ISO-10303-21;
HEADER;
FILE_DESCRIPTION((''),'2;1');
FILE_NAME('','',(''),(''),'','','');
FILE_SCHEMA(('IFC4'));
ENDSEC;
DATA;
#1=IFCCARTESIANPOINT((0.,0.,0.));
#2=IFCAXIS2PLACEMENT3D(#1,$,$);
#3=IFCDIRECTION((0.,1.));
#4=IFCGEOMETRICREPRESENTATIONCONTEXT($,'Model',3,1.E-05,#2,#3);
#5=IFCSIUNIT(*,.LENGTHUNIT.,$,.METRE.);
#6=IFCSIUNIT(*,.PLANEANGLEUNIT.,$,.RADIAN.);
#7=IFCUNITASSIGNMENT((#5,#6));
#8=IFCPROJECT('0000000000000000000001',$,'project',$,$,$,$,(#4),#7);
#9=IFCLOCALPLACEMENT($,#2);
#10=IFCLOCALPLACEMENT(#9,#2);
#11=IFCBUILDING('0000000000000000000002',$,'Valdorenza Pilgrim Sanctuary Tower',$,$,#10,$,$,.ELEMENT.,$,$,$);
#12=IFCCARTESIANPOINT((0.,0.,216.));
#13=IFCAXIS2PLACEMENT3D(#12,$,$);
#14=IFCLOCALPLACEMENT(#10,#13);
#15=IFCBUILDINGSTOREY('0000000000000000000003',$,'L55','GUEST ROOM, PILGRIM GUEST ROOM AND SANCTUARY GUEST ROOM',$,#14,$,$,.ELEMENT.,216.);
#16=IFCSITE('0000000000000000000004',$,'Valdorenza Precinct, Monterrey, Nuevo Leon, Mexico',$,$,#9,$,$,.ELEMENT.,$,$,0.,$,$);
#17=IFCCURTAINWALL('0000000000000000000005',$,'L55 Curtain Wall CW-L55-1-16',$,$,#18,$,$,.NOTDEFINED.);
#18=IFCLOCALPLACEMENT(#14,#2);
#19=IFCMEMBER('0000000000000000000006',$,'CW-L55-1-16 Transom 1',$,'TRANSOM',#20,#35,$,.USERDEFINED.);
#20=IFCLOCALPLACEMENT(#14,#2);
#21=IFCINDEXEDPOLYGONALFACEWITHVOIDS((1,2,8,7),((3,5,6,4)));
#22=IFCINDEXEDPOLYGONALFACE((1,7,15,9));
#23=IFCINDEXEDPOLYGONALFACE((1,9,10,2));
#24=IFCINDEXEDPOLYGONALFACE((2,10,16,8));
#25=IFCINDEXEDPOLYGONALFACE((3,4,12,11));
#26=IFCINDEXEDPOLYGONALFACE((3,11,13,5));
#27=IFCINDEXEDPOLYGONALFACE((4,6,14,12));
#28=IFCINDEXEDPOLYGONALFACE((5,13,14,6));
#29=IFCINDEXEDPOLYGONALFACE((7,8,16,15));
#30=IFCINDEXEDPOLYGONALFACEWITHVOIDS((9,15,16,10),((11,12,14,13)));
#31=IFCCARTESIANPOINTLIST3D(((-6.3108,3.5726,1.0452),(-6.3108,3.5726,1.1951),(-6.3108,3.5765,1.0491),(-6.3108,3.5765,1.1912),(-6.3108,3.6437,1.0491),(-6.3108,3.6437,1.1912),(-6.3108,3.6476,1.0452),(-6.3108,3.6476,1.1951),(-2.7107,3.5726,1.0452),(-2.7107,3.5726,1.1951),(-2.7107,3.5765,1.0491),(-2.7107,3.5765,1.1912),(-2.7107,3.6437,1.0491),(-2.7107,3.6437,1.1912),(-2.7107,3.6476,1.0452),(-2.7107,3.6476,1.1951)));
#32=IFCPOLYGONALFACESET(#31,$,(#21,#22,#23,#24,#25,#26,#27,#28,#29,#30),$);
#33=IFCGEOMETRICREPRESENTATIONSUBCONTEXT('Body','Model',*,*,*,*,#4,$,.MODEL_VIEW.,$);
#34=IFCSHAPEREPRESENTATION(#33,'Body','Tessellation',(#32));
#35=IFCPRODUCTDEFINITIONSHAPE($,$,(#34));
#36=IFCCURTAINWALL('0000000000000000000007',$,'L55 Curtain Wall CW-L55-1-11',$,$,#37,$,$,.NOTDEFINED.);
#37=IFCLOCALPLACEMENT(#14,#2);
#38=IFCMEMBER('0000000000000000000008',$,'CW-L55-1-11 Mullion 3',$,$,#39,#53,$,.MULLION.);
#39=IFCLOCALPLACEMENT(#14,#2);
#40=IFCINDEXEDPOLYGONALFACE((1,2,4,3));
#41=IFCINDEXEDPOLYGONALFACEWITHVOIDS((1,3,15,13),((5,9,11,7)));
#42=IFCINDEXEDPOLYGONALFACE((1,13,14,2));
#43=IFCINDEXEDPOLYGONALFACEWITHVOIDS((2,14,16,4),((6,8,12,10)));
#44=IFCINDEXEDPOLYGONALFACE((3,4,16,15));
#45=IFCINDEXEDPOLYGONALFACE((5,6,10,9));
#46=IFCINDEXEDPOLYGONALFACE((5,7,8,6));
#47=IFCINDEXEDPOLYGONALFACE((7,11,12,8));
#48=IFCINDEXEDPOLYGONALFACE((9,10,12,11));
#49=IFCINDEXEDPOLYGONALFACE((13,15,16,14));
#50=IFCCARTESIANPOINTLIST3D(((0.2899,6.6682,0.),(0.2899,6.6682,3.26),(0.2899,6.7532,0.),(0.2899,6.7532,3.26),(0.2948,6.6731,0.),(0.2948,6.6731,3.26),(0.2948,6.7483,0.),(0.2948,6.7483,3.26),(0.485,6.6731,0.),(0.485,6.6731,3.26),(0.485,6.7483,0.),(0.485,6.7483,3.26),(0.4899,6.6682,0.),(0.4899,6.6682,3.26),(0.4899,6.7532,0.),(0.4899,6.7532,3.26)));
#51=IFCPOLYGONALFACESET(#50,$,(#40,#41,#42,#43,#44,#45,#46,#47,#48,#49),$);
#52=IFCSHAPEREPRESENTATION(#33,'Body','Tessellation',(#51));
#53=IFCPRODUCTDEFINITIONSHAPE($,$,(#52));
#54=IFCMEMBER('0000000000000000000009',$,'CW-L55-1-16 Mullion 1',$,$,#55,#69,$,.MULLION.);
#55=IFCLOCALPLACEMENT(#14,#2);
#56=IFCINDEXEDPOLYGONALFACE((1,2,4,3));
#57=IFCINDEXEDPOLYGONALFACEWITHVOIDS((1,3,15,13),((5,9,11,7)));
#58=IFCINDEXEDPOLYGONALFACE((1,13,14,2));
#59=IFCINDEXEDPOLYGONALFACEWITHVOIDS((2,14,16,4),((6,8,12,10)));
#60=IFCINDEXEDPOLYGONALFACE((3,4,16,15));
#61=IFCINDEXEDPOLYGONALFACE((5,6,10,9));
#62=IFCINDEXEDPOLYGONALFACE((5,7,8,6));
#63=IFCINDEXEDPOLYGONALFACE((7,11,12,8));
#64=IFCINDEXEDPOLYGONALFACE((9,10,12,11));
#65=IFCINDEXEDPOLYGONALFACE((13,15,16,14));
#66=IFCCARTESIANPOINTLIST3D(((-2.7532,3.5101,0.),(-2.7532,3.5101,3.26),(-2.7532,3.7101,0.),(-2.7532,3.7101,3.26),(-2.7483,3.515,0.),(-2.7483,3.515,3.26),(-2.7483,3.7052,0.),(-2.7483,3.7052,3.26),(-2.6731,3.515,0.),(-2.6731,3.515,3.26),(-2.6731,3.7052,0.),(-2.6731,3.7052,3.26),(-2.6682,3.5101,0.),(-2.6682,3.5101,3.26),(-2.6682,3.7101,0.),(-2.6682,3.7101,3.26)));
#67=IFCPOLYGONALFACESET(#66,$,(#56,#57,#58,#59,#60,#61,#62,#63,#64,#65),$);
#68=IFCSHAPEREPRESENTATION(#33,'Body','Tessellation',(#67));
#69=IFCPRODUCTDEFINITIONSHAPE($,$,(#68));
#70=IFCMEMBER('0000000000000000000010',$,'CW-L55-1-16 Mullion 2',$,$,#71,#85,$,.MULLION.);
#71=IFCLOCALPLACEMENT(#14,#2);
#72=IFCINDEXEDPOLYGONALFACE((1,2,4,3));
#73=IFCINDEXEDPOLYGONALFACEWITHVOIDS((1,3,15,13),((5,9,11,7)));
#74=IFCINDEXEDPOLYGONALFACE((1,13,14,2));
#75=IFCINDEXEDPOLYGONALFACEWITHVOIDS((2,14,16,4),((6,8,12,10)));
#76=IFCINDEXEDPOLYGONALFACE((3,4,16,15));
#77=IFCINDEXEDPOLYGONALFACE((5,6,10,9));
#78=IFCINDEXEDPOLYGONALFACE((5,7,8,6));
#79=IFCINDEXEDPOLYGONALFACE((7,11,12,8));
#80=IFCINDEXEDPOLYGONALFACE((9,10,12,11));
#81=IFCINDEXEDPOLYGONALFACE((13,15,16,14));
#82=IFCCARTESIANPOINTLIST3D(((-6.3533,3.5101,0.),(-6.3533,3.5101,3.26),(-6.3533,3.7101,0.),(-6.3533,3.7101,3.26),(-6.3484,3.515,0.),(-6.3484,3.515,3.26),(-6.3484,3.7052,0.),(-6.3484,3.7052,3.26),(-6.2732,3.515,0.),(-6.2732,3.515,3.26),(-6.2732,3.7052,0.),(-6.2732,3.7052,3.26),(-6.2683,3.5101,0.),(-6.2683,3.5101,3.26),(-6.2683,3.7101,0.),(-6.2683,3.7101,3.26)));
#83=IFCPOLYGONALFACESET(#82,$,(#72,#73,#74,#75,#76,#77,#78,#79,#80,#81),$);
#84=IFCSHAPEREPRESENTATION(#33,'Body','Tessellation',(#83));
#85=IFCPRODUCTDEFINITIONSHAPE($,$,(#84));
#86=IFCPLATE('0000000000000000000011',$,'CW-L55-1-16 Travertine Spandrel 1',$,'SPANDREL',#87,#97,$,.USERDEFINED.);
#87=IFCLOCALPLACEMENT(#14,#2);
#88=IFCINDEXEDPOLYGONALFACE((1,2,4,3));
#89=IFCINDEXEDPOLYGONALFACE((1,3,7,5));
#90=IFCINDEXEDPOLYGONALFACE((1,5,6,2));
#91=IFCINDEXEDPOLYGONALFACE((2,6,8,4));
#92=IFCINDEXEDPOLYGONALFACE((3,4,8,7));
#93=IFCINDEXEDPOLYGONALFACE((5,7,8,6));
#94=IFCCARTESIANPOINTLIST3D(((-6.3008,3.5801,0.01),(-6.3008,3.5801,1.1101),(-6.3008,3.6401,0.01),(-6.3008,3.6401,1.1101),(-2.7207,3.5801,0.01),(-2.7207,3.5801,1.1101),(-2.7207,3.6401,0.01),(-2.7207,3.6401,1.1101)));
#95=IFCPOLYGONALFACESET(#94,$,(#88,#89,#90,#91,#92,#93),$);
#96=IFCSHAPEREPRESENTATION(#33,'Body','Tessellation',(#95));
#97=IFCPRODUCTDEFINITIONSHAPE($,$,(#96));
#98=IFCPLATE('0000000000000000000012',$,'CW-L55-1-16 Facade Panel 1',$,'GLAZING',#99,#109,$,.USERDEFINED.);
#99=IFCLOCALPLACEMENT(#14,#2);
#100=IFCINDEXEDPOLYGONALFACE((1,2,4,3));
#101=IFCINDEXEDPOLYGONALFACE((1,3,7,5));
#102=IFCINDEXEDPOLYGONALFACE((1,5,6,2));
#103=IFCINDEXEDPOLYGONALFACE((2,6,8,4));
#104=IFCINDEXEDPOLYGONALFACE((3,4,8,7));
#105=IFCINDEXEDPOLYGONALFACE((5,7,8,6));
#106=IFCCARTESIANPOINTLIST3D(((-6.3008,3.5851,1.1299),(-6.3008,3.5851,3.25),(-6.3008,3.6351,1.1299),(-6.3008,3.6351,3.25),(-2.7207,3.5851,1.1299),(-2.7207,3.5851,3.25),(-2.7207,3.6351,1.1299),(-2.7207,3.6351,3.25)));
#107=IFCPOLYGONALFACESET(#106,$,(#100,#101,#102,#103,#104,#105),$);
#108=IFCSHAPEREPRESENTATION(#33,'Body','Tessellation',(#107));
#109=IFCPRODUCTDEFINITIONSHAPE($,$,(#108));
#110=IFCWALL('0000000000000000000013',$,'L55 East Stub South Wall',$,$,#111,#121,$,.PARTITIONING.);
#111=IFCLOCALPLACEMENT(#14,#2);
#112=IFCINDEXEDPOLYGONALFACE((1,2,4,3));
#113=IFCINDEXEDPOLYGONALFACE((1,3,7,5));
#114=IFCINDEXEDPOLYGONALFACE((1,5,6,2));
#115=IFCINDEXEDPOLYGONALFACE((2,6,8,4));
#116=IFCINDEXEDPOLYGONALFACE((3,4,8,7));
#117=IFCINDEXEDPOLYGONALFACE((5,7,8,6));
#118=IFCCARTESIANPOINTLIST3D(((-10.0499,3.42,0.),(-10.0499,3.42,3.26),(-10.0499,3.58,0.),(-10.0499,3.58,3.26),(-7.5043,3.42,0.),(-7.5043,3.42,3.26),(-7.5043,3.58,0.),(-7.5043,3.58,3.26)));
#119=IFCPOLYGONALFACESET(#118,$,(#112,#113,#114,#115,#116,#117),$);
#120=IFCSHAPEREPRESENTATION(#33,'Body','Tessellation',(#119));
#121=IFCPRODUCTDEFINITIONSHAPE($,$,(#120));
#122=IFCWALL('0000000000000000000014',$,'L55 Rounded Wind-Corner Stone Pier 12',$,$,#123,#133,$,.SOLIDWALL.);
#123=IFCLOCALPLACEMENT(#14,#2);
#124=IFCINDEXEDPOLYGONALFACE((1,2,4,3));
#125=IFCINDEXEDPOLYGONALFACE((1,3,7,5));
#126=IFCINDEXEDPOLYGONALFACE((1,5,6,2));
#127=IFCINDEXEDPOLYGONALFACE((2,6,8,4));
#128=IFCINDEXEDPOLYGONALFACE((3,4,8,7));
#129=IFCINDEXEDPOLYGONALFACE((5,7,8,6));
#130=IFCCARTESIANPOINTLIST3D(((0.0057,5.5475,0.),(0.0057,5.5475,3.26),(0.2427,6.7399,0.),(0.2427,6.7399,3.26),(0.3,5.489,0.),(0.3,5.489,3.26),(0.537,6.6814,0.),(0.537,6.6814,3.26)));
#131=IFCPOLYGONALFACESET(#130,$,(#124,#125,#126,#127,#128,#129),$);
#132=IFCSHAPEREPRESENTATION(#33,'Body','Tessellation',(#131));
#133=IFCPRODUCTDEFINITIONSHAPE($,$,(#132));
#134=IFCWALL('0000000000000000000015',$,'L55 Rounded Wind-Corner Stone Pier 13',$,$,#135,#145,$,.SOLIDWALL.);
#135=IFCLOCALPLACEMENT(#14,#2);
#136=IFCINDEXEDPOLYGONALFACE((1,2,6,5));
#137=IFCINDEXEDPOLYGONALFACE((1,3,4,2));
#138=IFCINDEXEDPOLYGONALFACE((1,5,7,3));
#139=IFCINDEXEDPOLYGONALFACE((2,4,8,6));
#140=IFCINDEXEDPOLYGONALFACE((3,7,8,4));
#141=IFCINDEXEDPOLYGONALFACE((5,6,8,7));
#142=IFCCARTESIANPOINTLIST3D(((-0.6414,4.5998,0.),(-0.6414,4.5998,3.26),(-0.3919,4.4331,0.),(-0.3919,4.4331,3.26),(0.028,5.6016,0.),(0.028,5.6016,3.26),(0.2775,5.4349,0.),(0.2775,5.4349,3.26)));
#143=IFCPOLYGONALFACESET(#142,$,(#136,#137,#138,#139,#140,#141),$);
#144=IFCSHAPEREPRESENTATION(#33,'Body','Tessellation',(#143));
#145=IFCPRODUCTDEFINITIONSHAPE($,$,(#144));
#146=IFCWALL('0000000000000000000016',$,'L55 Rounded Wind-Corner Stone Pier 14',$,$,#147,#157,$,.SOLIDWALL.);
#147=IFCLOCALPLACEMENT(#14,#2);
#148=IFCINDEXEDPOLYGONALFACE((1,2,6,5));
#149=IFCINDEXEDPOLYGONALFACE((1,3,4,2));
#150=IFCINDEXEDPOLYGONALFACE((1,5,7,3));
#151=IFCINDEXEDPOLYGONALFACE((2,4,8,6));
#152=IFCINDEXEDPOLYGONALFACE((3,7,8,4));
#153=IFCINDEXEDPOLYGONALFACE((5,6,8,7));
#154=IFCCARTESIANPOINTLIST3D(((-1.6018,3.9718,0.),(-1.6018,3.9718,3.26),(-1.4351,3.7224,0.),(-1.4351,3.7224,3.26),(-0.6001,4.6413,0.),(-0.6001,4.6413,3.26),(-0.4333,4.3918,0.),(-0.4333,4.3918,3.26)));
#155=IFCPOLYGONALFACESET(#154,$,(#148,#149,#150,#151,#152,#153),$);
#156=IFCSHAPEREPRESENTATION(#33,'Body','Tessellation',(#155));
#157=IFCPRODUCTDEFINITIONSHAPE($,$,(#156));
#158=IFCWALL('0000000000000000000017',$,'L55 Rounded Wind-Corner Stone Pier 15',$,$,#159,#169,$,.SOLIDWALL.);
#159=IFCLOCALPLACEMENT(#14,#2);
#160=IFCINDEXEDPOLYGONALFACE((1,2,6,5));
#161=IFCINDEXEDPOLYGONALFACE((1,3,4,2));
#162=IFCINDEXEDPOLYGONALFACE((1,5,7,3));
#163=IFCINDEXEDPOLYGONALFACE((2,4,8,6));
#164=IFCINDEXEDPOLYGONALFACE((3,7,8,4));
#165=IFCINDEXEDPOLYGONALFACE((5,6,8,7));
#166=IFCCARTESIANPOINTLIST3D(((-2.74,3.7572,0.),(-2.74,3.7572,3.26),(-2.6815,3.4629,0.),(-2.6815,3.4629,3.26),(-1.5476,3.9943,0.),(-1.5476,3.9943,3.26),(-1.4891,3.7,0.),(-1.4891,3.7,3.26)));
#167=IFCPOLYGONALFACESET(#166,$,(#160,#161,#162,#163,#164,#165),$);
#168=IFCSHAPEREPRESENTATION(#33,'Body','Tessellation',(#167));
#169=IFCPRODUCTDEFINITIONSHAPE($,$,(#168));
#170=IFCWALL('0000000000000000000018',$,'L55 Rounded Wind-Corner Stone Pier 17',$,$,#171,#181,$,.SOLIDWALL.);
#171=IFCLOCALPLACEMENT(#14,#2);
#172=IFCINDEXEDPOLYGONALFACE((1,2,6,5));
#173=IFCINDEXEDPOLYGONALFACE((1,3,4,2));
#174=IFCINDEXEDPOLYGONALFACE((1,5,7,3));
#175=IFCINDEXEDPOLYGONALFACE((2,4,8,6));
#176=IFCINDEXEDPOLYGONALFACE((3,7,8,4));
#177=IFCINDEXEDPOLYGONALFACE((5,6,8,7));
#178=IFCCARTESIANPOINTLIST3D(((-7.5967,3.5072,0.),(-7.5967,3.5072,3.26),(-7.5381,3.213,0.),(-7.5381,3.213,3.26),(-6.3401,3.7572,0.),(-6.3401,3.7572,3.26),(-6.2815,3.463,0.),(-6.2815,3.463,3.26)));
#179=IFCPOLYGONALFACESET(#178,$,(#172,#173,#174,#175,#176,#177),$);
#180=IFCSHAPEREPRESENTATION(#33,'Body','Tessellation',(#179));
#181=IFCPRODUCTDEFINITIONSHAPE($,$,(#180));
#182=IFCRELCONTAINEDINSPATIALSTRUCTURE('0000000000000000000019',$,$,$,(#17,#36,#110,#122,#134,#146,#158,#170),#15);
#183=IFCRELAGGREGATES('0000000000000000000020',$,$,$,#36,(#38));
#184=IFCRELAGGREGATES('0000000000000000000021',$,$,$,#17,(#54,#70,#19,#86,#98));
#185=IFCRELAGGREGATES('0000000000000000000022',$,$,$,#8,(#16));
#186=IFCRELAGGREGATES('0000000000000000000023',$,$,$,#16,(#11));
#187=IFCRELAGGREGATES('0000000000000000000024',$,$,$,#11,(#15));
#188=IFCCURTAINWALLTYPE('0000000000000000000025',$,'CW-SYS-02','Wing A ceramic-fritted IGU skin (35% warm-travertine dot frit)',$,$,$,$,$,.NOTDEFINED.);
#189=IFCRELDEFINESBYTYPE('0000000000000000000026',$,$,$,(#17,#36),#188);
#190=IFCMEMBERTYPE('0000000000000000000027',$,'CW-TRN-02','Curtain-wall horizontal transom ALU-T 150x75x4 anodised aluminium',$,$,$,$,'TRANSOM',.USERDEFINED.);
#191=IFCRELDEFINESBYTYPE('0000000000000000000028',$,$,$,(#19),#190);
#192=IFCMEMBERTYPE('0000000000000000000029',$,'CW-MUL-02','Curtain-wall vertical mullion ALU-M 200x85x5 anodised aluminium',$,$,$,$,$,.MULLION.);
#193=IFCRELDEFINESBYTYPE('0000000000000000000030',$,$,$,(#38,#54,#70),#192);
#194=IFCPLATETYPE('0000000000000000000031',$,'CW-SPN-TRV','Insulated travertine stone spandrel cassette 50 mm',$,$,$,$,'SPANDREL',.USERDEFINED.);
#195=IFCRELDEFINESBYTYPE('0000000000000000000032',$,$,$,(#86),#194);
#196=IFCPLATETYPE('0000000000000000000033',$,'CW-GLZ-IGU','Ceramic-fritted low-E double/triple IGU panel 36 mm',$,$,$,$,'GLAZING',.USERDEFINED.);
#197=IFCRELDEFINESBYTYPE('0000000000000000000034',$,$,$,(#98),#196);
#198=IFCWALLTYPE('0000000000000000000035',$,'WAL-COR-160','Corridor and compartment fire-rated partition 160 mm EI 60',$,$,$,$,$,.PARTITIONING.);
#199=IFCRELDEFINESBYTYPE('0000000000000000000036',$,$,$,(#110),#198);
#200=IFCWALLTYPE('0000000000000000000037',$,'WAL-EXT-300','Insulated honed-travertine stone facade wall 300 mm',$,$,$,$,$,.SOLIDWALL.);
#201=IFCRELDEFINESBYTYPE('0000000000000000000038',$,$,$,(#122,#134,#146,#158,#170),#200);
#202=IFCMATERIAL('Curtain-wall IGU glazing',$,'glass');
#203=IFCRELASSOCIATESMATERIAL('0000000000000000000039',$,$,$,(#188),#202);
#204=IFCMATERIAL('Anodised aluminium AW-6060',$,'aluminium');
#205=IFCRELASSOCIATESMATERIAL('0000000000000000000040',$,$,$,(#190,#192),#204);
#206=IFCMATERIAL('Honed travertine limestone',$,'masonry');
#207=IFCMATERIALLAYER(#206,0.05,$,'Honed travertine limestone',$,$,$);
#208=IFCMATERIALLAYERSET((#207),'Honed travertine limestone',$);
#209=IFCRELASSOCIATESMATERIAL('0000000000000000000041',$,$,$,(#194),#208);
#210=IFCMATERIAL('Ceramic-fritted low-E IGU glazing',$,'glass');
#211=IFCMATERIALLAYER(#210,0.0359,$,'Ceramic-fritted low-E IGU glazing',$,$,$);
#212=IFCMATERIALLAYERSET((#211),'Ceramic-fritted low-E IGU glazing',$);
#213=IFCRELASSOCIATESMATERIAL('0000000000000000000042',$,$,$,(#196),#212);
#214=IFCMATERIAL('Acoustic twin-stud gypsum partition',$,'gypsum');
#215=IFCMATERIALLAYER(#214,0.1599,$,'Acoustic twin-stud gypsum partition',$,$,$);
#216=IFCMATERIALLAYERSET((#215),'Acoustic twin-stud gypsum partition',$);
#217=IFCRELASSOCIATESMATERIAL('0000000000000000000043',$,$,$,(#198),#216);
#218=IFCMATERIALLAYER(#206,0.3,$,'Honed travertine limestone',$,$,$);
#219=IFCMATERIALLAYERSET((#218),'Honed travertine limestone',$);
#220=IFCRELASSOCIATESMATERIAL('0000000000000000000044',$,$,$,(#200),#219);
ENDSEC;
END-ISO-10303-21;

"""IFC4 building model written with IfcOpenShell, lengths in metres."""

from ifc_helpers import new_model, si_unit, direction, frame, frame_2d, origin, origin_2d, place, context, subcontext, project, spatial, rectangle, hollow_rectangle, extrude, source, transform, mapped, material, layer, layer_set, material_profile, profile_set, type_object, element, aggregate, save


model = new_model("IFC4")

# Units and contexts
model_context = context("Model", 3, precision=1e-05, world=origin(), true_north=direction((0.0, 1.0)))
body_context = subcontext(model_context, "Body", "Model", "MODEL_VIEW")
ifc_project = project(units=[si_unit("LENGTHUNIT", "METRE"), si_unit("PLANEANGLEUNIT", "RADIAN")], contexts=[model_context])

# Site, building, storey
site_placement = place(None, origin())
site = spatial("IfcSite", under=ifc_project, at=site_placement, Name="Valdorenza Precinct, Monterrey, Nuevo Leon, Mexico", CompositionType="ELEMENT", RefElevation=0.0)
building_placement = place(site_placement, origin())
building = spatial("IfcBuilding", under=site, at=building_placement, Name="Valdorenza Pilgrim Sanctuary Tower", CompositionType="ELEMENT")
storey_placement = place(building_placement, frame((0.0, 0.0, 216.0)))
storey = spatial("IfcBuildingStorey", under=building, at=storey_placement, Name="L55", Description="GUEST ROOM, PILGRIM GUEST ROOM AND SANCTUARY GUEST ROOM", CompositionType="ELEMENT", Elevation=216.0)

# Curtain walls, members
ifc_material_1 = material(Name="Curtain-wall IGU glazing", Category="glass")
curtain_wall_type = type_object("IfcCurtainWallType", Name="CW-SYS-02", Description="Wing A ceramic-fritted IGU skin (35% warm-travertine dot frit)", PredefinedType="NOTDEFINED", material=ifc_material_1)
curtain_wall_1_placement = place(storey_placement, origin())
curtain_wall_1 = element("IfcCurtainWall", 1, at=curtain_wall_1_placement, inside=storey, type_object=curtain_wall_type, Name="L55 Curtain Wall CW-L55-1-16", PredefinedType="NOTDEFINED")
ifc_material_2 = material(Name="Anodised aluminium AW-6060", Category="aluminium")
ifc_material_profile_1 = material_profile(ifc_material_2, hollow_rectangle(XDim=0.075, YDim=0.1499, WallThickness=0.0039, at=origin_2d()), Name="ALU-T 150x75x4")
ifc_profile_set_1 = profile_set([ifc_material_profile_1], Name="Anodised aluminium AW-6060")
member_type_1 = type_object("IfcMemberType", Name="CW-TRN-02", Description="Curtain-wall horizontal transom ALU-T 150x75x4 anodised aluminium", ElementType="TRANSOM", PredefinedType="USERDEFINED", material=ifc_profile_set_1)
shared_shape_1 = source(origin(), body_context, "Body", "SweptSolid", [
    extrude(hollow_rectangle(XDim=0.075, YDim=0.1499, WallThickness=0.0039, at=origin_2d()), origin(), (0.0, 0.0, 1.0), 3.6001),
])
member_1_placement = place(storey_placement, frame((-2.7107, 3.6101, 1.1201), z_axis=(-1.0, 0.0, 0.0), x_axis=(0.0, -1.0, 0.0)))
member_1 = element("IfcMember", 2, at=member_1_placement, type_object=member_type_1, Name="CW-L55-1-16 Transom 1", ObjectType="TRANSOM", PredefinedType="USERDEFINED", context=body_context, shape_type="MappedRepresentation", body=[
    mapped(shared_shape_1, transform((0.0, 0.0, 0.0), x_axis=(1.0, 0.0, 0.0), y_axis=(0.0, 1.0, 0.0), z_axis=(0.0, 0.0, 1.0), scale=1.0)),
])
curtain_wall_2_placement = place(storey_placement, origin())
curtain_wall_2 = element("IfcCurtainWall", 3, at=curtain_wall_2_placement, inside=storey, type_object=curtain_wall_type, Name="L55 Curtain Wall CW-L55-1-11", PredefinedType="NOTDEFINED")
ifc_material_profile_2 = material_profile(ifc_material_2, hollow_rectangle(XDim=0.085, YDim=0.2, WallThickness=0.0049, at=origin_2d()), Name="ALU-M 200x85x5")
ifc_profile_set_2 = profile_set([ifc_material_profile_2], Name="Anodised aluminium AW-6060")
member_type_2 = type_object("IfcMemberType", Name="CW-MUL-02", Description="Curtain-wall vertical mullion ALU-M 200x85x5 anodised aluminium", PredefinedType="MULLION", material=ifc_profile_set_2)
shared_shape_2 = source(origin(), body_context, "Body", "SweptSolid", [
    extrude(hollow_rectangle(XDim=0.085, YDim=0.2, WallThickness=0.0049, at=origin_2d()), origin(), (0.0, 0.0, 1.0), 3.26),
])
member_2_placement = place(storey_placement, frame((0.3899, 6.7107, 0.0), z_axis=(0.0, 0.0, 1.0), x_axis=(0.0, -1.0, 0.0)))
member_2 = element("IfcMember", 4, at=member_2_placement, type_object=member_type_2, Name="CW-L55-1-11 Mullion 3", PredefinedType="MULLION", context=body_context, shape_type="MappedRepresentation", body=[
    mapped(shared_shape_2, transform((0.0, 0.0, 0.0), x_axis=(1.0, 0.0, 0.0), y_axis=(0.0, 1.0, 0.0), z_axis=(0.0, 0.0, 1.0), scale=1.0)),
])
aggregate(curtain_wall_2, [member_2])

# Members
member_3_placement = place(storey_placement, frame((-2.7107, 3.6101, 0.0), z_axis=(0.0, 0.0, 1.0), x_axis=(-1.0, 0.0, 0.0)))
member_3 = element("IfcMember", 5, at=member_3_placement, type_object=member_type_2, Name="CW-L55-1-16 Mullion 1", PredefinedType="MULLION", context=body_context, shape_type="MappedRepresentation", body=[
    mapped(shared_shape_2, transform((0.0, 0.0, 0.0), x_axis=(1.0, 0.0, 0.0), y_axis=(0.0, 1.0, 0.0), z_axis=(0.0, 0.0, 1.0), scale=1.0)),
])
member_4_placement = place(storey_placement, frame((-6.3108, 3.6101, 0.0), z_axis=(0.0, 0.0, 1.0), x_axis=(-1.0, 0.0, 0.0)))
member_4 = element("IfcMember", 6, at=member_4_placement, type_object=member_type_2, Name="CW-L55-1-16 Mullion 2", PredefinedType="MULLION", context=body_context, shape_type="MappedRepresentation", body=[
    mapped(shared_shape_2, transform((0.0, 0.0, 0.0), x_axis=(1.0, 0.0, 0.0), y_axis=(0.0, 1.0, 0.0), z_axis=(0.0, 0.0, 1.0), scale=1.0)),
])

# Plates
ifc_material_3 = material(Name="Honed travertine limestone", Category="masonry")
ifc_layer_1 = layer(ifc_material_3, 0.05, Name="Honed travertine limestone")
ifc_layer_set_1 = layer_set([ifc_layer_1], Name="Honed travertine limestone")
plate_type_1 = type_object("IfcPlateType", Name="CW-SPN-TRV", Description="Insulated travertine stone spandrel cassette 50 mm", ElementType="SPANDREL", PredefinedType="USERDEFINED", material=ifc_layer_set_1)
shared_shape_3 = source(origin(), body_context, "Body", "SweptSolid", [
    extrude(rectangle(XDim=3.5801, YDim=0.0601, at=origin_2d()), origin(), (0.0, 0.0, 1.0), 1.1001),
])
plate_1_placement = place(storey_placement, frame((-4.5107, 3.6101, 0.01), z_axis=(0.0, 0.0, 1.0), x_axis=(-1.0, 0.0, 0.0)))
plate_1 = element("IfcPlate", 7, at=plate_1_placement, type_object=plate_type_1, Name="CW-L55-1-16 Travertine Spandrel 1", ObjectType="SPANDREL", PredefinedType="USERDEFINED", context=body_context, shape_type="MappedRepresentation", body=[
    mapped(shared_shape_3, transform((0.0, 0.0, 0.0), x_axis=(1.0, 0.0, 0.0), y_axis=(0.0, 1.0, 0.0), z_axis=(0.0, 0.0, 1.0), scale=1.0)),
])
ifc_material_4 = material(Name="Ceramic-fritted low-E IGU glazing", Category="glass")
ifc_layer_2 = layer(ifc_material_4, 0.0359, Name="Ceramic-fritted low-E IGU glazing")
ifc_layer_set_2 = layer_set([ifc_layer_2], Name="Ceramic-fritted low-E IGU glazing")
plate_type_2 = type_object("IfcPlateType", Name="CW-GLZ-IGU", Description="Ceramic-fritted low-E double/triple IGU panel 36 mm", ElementType="GLAZING", PredefinedType="USERDEFINED", material=ifc_layer_set_2)
shared_shape_4 = source(origin(), body_context, "Body", "SweptSolid", [
    extrude(rectangle(XDim=3.5801, YDim=0.05, at=origin_2d()), origin(), (0.0, 0.0, 1.0), 2.1201),
])
plate_2_placement = place(storey_placement, frame((-4.5107, 3.6101, 1.1299), z_axis=(0.0, 0.0, 1.0), x_axis=(-1.0, 0.0, 0.0)))
plate_2 = element("IfcPlate", 8, at=plate_2_placement, type_object=plate_type_2, Name="CW-L55-1-16 Facade Panel 1", ObjectType="GLAZING", PredefinedType="USERDEFINED", context=body_context, shape_type="MappedRepresentation", body=[
    mapped(shared_shape_4, transform((0.0, 0.0, 0.0), x_axis=(1.0, 0.0, 0.0), y_axis=(0.0, 1.0, 0.0), z_axis=(0.0, 0.0, 1.0), scale=1.0)),
])
aggregate(curtain_wall_1, [member_3, member_4, member_1, plate_1, plate_2])

# Shared definitions
ifc_material_5 = material(Name="Acoustic twin-stud gypsum partition", Category="gypsum")
ifc_layer_3 = layer(ifc_material_5, 0.1599, Name="Acoustic twin-stud gypsum partition")
ifc_layer_set_3 = layer_set([ifc_layer_3], Name="Acoustic twin-stud gypsum partition")
wall_type_1 = type_object("IfcWallType", Name="WAL-COR-160", Description="Corridor and compartment fire-rated partition 160 mm EI 60", PredefinedType="PARTITIONING", material=ifc_layer_set_3)

# Walls
wall_1_placement = place(storey_placement, frame((-10.05, 3.5, 0.0), z_axis=(0.0, 0.0, 1.0), x_axis=(1.0, 0.0, 0.0)))
element("IfcWall", 9, at=wall_1_placement, inside=storey, type_object=wall_type_1, Name="L55 East Stub South Wall", PredefinedType="PARTITIONING", context=body_context, shape_type="SweptSolid", body=[
    extrude(rectangle(XDim=2.5457, YDim=0.1599, at=frame_2d((1.2729, 0.0))), origin(), (0.0, 0.0, 1.0), 3.26),
])
ifc_layer_4 = layer(ifc_material_3, 0.3, Name="Honed travertine limestone")
ifc_layer_set_4 = layer_set([ifc_layer_4], Name="Honed travertine limestone")
wall_type_2 = type_object("IfcWallType", Name="WAL-EXT-300", Description="Insulated honed-travertine stone facade wall 300 mm", PredefinedType="SOLIDWALL", material=ifc_layer_set_4)
wall_2_placement = place(storey_placement, frame((0.3899, 6.7107, 0.0), z_axis=(0.0, 0.0, 1.0), x_axis=(-0.194996, -0.980804, 0.0)))
element("IfcWall", 10, at=wall_2_placement, inside=storey, type_object=wall_type_2, Name="L55 Rounded Wind-Corner Stone Pier 12", PredefinedType="SOLIDWALL", context=body_context, shape_type="SweptSolid", body=[
    extrude(rectangle(XDim=1.2158, YDim=0.3, at=frame_2d((0.6079, 0.0))), origin(), (0.0, 0.0, 1.0), 3.26),
])
for number, where, z_axis, x_axis, name in (
    (11, (0.1528, 5.5183, 0.0), (0.0, 0.0, 1.0), (-0.555635, -0.831426, 0.0), "L55 Rounded Wind-Corner Stone Pier 13"),
    (12, (-0.5166, 4.5166, 0.0), (0.0, 0.0, 1.0), (-0.831426, -0.555635, 0.0), "L55 Rounded Wind-Corner Stone Pier 14"),
):
    element("IfcWall", number, at=place(storey_placement, frame(where, z_axis=z_axis, x_axis=x_axis)), inside=storey, type_object=wall_type_2, Name=name, PredefinedType="SOLIDWALL", context=body_context, shape_type="SweptSolid", body=[
        extrude(rectangle(XDim=1.2048, YDim=0.3, at=frame_2d((0.6025, 0.0))), origin(), (0.0, 0.0, 1.0), 3.26),
    ])
wall_3_placement = place(storey_placement, frame((-1.5183, 3.8472, 0.0), z_axis=(0.0, 0.0, 1.0), x_axis=(-0.980804, -0.194996, 0.0)))
element("IfcWall", 13, at=wall_3_placement, inside=storey, type_object=wall_type_2, Name="L55 Rounded Wind-Corner Stone Pier 15", PredefinedType="SOLIDWALL", context=body_context, shape_type="SweptSolid", body=[
    extrude(rectangle(XDim=1.2158, YDim=0.3, at=frame_2d((0.6079, 0.0))), origin(), (0.0, 0.0, 1.0), 3.26),
])
wall_4_placement = place(storey_placement, frame((-6.3108, 3.6101, 0.0), z_axis=(0.0, 0.0, 1.0), x_axis=(-0.980778, -0.195127, 0.0)))
element("IfcWall", 14, at=wall_4_placement, inside=storey, type_object=wall_type_2, Name="L55 Rounded Wind-Corner Stone Pier 17", PredefinedType="SOLIDWALL", context=body_context, shape_type="SweptSolid", body=[
    extrude(rectangle(XDim=1.2812, YDim=0.3, at=frame_2d((0.6406, 0.0))), origin(), (0.0, 0.0, 1.0), 3.26),
])

save(model, "model.ifc")
